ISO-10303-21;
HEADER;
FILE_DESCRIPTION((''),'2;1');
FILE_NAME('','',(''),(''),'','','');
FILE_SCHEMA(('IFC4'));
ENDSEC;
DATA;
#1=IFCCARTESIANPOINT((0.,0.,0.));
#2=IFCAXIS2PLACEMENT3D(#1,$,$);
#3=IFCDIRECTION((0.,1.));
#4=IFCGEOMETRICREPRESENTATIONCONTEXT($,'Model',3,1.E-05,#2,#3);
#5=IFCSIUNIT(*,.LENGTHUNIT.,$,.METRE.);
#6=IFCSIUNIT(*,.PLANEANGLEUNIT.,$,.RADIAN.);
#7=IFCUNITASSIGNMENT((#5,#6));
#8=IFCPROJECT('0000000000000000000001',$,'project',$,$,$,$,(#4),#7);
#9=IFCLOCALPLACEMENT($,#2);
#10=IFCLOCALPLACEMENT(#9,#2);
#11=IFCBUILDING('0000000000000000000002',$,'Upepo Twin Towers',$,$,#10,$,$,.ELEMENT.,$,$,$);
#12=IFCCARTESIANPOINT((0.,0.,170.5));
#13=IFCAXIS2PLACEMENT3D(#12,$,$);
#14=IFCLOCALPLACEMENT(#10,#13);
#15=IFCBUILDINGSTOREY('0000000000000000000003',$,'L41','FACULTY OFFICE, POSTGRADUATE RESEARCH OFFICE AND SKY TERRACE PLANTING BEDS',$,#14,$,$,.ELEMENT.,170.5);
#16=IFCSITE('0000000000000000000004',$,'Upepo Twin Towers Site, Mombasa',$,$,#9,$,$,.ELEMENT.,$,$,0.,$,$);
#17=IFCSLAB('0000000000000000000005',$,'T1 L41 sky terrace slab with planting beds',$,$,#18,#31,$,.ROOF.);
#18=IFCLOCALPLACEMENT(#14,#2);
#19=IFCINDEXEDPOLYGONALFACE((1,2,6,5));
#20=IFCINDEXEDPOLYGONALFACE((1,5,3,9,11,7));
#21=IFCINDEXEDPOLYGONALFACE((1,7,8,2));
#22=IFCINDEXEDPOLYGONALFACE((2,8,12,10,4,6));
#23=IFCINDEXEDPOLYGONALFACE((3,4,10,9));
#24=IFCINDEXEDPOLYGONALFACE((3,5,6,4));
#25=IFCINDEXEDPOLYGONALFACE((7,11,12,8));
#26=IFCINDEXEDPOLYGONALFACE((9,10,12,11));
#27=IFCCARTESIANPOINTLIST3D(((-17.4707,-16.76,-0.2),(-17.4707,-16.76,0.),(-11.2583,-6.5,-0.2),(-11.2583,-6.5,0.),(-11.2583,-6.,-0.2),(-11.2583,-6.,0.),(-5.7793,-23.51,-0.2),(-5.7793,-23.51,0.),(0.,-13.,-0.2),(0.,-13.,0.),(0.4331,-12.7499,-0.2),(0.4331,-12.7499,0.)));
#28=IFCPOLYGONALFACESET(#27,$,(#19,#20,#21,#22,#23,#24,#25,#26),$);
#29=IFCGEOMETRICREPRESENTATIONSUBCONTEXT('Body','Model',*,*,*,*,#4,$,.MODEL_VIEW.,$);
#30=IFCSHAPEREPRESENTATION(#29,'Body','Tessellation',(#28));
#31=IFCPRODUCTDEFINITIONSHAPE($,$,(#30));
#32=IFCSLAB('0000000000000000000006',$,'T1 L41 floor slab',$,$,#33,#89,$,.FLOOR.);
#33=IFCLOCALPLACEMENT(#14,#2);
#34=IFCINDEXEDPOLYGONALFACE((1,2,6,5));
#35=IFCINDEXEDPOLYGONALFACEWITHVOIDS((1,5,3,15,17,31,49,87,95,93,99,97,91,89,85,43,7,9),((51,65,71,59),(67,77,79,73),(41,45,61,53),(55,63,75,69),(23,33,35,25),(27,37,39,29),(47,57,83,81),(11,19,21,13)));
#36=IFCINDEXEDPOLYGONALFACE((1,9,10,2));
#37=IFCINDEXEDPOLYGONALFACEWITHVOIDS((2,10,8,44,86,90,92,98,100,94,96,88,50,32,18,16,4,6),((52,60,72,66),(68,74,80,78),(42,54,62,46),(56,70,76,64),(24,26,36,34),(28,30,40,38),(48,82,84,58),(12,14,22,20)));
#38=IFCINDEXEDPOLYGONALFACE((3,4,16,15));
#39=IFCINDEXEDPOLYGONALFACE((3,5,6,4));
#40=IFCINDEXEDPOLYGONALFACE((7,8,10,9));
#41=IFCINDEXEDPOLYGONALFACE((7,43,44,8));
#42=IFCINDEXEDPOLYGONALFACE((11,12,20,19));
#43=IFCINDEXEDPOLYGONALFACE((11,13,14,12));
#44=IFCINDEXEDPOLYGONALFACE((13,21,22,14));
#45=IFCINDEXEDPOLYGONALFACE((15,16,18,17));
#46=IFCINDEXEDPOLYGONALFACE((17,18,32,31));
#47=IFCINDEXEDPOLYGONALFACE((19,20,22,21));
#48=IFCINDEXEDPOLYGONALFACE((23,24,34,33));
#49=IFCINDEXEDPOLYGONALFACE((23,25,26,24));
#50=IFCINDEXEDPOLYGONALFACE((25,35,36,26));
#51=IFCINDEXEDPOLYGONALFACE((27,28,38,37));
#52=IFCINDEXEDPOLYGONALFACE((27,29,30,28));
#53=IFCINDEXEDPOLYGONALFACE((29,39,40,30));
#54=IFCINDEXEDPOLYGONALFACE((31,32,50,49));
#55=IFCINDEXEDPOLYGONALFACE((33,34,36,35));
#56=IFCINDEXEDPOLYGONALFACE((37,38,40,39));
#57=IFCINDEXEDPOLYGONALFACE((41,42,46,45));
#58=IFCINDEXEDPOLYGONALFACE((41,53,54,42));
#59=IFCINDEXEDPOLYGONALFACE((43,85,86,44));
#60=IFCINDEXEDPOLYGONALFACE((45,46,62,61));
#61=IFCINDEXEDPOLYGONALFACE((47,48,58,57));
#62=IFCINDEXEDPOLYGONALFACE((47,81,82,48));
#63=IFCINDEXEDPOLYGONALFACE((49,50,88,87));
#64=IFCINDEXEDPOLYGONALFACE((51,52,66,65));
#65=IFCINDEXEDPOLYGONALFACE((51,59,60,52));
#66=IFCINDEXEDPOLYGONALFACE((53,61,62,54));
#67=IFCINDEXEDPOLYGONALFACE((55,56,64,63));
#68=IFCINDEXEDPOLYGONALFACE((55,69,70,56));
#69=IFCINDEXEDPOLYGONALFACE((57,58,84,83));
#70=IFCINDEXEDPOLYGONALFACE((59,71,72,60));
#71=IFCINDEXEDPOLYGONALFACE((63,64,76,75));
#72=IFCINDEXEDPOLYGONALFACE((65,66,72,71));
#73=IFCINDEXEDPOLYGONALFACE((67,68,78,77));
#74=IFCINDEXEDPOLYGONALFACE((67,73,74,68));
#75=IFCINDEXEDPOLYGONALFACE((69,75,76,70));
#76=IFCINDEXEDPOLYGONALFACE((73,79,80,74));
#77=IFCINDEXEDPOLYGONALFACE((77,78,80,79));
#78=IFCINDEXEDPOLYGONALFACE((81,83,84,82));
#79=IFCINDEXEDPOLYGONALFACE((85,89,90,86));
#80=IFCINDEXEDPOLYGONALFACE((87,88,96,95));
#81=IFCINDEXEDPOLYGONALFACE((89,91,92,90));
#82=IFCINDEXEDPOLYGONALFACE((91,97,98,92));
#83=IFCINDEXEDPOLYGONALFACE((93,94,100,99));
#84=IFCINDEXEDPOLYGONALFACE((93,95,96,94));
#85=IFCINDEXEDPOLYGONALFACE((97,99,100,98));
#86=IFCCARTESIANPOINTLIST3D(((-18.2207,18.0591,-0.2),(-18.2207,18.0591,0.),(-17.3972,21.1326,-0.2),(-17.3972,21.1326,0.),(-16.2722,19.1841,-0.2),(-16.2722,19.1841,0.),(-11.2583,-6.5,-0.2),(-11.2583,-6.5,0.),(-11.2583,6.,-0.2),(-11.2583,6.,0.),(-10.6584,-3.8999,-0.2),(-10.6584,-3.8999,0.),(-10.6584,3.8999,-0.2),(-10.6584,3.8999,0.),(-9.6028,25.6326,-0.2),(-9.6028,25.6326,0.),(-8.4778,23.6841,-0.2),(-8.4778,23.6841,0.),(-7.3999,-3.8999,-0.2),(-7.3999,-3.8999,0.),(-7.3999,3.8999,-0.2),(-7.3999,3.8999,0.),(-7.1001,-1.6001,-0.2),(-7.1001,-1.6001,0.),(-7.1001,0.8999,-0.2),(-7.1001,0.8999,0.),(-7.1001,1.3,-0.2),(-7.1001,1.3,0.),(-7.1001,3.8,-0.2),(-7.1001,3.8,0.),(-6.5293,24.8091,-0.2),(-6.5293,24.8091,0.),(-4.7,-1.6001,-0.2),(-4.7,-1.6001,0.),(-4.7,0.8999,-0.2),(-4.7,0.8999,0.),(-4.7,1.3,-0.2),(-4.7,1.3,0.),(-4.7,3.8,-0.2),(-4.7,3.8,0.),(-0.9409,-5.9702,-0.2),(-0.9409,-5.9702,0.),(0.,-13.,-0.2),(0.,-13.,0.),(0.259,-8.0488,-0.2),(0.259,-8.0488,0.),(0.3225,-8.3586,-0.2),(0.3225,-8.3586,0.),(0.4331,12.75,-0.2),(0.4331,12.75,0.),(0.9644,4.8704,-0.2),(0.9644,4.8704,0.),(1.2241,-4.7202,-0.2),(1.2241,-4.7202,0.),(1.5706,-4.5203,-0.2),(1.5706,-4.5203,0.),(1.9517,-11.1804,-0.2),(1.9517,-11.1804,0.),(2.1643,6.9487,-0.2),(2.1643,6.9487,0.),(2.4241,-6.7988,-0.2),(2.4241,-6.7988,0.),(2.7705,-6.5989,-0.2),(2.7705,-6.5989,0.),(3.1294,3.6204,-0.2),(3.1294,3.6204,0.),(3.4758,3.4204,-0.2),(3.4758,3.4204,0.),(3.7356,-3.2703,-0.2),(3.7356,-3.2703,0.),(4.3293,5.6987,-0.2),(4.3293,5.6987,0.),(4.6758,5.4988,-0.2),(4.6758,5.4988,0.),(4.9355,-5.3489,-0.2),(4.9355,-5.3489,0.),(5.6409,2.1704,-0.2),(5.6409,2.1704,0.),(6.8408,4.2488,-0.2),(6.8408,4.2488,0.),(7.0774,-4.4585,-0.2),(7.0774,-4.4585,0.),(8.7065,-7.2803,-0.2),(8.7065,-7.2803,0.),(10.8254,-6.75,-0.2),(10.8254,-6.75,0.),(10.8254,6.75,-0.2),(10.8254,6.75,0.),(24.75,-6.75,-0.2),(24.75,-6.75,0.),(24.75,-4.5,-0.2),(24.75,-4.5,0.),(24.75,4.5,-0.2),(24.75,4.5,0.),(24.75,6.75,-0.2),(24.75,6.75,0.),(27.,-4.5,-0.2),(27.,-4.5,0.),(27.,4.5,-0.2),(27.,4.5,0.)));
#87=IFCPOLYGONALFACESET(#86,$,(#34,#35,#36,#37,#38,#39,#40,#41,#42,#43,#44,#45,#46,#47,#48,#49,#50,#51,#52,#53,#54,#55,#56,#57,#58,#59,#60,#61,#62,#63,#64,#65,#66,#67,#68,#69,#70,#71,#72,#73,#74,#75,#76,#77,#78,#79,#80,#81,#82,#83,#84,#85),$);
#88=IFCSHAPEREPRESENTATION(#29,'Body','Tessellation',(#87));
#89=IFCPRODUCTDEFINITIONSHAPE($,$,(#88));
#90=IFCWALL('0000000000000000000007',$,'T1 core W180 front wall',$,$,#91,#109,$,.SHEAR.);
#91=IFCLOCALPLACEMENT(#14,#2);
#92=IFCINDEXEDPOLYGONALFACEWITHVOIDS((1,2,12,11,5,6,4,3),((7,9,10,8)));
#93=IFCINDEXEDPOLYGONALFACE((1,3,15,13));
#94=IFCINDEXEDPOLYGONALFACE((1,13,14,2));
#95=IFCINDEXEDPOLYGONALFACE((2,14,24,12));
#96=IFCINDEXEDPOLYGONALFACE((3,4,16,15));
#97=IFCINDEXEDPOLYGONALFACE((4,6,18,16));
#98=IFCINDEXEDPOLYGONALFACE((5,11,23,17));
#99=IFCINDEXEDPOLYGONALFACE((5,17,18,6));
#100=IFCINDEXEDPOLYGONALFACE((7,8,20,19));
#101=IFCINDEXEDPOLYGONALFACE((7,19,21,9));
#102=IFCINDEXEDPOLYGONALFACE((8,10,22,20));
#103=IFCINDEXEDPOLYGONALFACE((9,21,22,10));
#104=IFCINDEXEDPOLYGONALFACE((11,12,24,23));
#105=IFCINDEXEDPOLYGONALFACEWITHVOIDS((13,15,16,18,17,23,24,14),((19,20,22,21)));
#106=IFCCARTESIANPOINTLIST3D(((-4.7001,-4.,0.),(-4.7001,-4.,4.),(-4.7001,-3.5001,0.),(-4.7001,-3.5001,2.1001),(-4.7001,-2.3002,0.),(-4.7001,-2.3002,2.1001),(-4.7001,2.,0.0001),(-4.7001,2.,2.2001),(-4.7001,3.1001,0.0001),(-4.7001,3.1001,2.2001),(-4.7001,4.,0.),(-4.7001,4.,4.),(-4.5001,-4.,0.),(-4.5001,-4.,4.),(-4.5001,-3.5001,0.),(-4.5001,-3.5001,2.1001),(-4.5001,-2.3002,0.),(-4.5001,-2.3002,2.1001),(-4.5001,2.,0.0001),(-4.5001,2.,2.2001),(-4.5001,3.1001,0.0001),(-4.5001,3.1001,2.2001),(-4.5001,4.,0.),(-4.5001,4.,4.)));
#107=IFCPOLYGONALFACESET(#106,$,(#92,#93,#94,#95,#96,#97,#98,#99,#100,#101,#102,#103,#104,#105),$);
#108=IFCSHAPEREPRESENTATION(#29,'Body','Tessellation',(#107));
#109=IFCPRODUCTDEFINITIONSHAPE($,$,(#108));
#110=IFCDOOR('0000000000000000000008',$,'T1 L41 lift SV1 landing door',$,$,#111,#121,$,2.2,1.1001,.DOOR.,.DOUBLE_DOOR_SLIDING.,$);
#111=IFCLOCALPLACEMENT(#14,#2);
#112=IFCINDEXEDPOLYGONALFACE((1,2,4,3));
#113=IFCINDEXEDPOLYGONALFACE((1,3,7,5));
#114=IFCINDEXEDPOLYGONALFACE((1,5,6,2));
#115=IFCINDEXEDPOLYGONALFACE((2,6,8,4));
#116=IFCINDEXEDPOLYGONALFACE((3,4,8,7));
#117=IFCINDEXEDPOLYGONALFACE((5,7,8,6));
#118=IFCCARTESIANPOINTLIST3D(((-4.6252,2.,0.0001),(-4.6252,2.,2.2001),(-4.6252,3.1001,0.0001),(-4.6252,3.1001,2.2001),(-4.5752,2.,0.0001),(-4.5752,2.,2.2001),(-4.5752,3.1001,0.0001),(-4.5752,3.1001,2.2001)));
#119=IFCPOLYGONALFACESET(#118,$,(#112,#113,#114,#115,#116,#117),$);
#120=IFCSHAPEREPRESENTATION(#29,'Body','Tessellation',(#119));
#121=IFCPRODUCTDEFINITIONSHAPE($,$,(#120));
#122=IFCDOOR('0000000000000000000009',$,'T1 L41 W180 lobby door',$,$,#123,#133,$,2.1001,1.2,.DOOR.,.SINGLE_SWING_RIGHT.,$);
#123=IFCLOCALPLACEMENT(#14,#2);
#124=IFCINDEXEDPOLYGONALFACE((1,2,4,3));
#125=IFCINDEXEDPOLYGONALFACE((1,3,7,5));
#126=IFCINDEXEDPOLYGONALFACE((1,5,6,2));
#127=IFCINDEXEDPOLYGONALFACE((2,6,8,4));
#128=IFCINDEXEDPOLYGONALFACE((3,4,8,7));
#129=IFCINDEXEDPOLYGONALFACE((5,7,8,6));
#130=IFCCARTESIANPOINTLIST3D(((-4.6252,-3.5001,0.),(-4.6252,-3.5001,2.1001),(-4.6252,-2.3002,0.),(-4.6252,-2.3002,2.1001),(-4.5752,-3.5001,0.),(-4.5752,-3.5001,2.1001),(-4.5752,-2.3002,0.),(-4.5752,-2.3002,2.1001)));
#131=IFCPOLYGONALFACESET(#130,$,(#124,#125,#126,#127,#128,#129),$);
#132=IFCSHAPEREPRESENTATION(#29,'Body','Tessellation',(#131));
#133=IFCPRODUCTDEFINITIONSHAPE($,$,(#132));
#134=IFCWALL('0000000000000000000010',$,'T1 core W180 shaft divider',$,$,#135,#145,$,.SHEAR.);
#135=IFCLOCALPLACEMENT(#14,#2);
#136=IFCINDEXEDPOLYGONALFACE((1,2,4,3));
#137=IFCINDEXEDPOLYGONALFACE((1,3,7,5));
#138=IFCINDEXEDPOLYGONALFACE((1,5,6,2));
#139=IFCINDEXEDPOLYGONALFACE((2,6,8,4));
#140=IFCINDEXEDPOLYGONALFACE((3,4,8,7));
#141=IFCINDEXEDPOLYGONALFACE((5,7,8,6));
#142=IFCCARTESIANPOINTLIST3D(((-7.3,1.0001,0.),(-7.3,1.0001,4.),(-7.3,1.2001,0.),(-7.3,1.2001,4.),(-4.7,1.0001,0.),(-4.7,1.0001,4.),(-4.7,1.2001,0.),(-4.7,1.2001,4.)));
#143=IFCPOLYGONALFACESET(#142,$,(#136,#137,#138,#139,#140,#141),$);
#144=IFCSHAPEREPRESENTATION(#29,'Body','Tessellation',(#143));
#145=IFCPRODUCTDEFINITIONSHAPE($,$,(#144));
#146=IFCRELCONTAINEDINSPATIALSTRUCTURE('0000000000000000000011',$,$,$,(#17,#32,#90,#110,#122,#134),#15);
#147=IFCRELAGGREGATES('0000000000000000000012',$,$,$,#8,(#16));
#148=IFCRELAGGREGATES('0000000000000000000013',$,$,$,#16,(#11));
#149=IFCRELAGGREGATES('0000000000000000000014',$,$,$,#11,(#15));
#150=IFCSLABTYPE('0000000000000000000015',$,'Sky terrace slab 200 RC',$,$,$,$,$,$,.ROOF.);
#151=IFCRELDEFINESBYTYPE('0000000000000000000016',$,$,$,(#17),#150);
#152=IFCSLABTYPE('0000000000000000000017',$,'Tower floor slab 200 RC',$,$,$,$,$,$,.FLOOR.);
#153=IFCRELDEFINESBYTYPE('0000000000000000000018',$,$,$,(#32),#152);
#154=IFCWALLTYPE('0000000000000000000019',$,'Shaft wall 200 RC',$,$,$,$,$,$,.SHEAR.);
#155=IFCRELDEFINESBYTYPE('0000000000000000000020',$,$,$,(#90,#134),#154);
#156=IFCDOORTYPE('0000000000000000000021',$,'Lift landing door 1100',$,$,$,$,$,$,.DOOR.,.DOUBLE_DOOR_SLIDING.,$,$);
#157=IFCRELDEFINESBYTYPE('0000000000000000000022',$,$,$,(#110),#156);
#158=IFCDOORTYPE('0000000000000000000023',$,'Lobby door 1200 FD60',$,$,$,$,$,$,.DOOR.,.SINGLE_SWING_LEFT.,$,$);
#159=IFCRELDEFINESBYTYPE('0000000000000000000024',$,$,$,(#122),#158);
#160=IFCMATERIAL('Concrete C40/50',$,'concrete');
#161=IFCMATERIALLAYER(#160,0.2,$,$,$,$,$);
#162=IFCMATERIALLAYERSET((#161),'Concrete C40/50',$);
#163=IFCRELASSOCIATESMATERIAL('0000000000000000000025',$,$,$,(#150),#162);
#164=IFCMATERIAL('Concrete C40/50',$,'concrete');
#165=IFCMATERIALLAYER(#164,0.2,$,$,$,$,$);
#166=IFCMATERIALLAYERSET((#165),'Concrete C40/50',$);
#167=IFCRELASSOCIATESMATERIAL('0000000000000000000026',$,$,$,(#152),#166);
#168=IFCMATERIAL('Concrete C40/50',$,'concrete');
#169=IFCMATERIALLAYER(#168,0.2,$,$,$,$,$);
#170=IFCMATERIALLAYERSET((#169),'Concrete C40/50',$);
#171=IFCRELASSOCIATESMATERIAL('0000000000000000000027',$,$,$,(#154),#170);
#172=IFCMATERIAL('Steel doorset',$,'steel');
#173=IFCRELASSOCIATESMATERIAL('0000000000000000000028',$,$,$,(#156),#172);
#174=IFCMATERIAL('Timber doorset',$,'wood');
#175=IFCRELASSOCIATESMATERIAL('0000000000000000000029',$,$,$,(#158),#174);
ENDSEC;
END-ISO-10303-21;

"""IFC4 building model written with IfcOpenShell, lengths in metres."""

from ifc_helpers import new_model, si_unit, direction, frame, frame_2d, origin, place, context, subcontext, project, spatial, polyline, rectangle, outline, extrude, material, layer, layer_set, type_object, element, fill, save


model = new_model("IFC4")

# Units and contexts
model_context = context("Model", 3, precision=1e-05, world=origin(), true_north=direction((0.0, 1.0)))
body_context = subcontext(model_context, "Body", "Model", "MODEL_VIEW")
ifc_project = project(units=[si_unit("LENGTHUNIT", "METRE"), si_unit("PLANEANGLEUNIT", "RADIAN")], contexts=[model_context])

# Site, building, storey
site_placement = place(None, origin())
site = spatial("IfcSite", under=ifc_project, at=site_placement, Name="Upepo Twin Towers Site, Mombasa", CompositionType="ELEMENT", RefElevation=0.0)
building_placement = place(site_placement, origin())
building = spatial("IfcBuilding", under=site, at=building_placement, Name="Upepo Twin Towers", CompositionType="ELEMENT")
storey_placement = place(building_placement, frame((0.0, 0.0, 170.5)))
storey = spatial("IfcBuildingStorey", under=building, at=storey_placement, Name="L41", Description="FACULTY OFFICE, POSTGRADUATE RESEARCH OFFICE AND SKY TERRACE PLANTING BEDS", CompositionType="ELEMENT", Elevation=170.5)

# Slabs
ifc_material_1 = material(Name="Concrete C40/50", Category="concrete")
ifc_layer_1 = layer(ifc_material_1, 0.2)
ifc_layer_set_1 = layer_set([ifc_layer_1], Name="Concrete C40/50")
slab_type_1 = type_object("IfcSlabType", Name="Sky terrace slab 200 RC", PredefinedType="ROOF", material=ifc_layer_set_1)
slab_1_placement = place(storey_placement, frame((0.0, 0.0, -0.2)))
element("IfcSlab", 1, at=slab_1_placement, inside=storey, type_object=slab_type_1, Name="T1 L41 sky terrace slab with planting beds", PredefinedType="ROOF", context=body_context, shape_type="SweptSolid", body=[
    extrude(outline(polyline([(-11.2583, -6.0), (-11.2583, -6.5), (0.0, -13.0), (10.8254, -6.75), (0.4331, -12.75), (-5.7793, -23.51), (-17.4707, -16.76), (-11.2583, -6.0)])), origin(), (0.0, 0.0, 1.0), 0.2),
])
ifc_material_2 = material(Name="Concrete C40/50", Category="concrete")
ifc_layer_2 = layer(ifc_material_2, 0.2)
ifc_layer_set_2 = layer_set([ifc_layer_2], Name="Concrete C40/50")
slab_type_2 = type_object("IfcSlabType", Name="Tower floor slab 200 RC", PredefinedType="FLOOR", material=ifc_layer_set_2)
slab_2_placement = place(storey_placement, frame((0.0, 0.0, -0.2)))
element("IfcSlab", 2, at=slab_2_placement, inside=storey, type_object=slab_type_2, Name="T1 L41 floor slab", PredefinedType="FLOOR", context=body_context, shape_type="SweptSolid", body=[
    extrude(outline(polyline([(10.8254, 6.75), (24.75, 6.75), (24.75, 4.5), (27.0, 4.5), (27.0, -4.5), (24.75, -4.5), (24.75, -6.75), (10.8254, -6.75), (0.0, -13.0), (-11.2583, -6.5), (-11.2583, 6.0), (-18.2207, 18.0591), (-16.2722, 19.1841), (-17.3972, 21.1326), (-9.6028, 25.6326), (-8.4778, 23.6841), (-6.5293, 24.8091), (0.4331, 12.75), (10.8254, 6.75)]), holes=[polyline([(5.6409, 2.1704), (6.8408, 4.2488), (4.6758, 5.4988), (3.4758, 3.4204), (5.6409, 2.1704)]), polyline([(3.1294, 3.6204), (4.3293, 5.6987), (2.1643, 6.9487), (0.9644, 4.8704), (3.1294, 3.6204)]), polyline([(-4.7, 3.8), (-7.1001, 3.8), (-7.1001, 1.3), (-4.7, 1.3), (-4.7, 3.8)]), polyline([(-4.7, 0.8999), (-7.1001, 0.8999), (-7.1001, -1.6001), (-4.7, -1.6001), (-4.7, 0.8999)]), polyline([(-7.3999, 3.8999), (-10.6584, 3.8999), (-10.6584, -3.8999), (-7.3999, -3.8999), (-7.3999, 3.8999)]), polyline([(-0.9409, -5.9702), (0.259, -8.0488), (2.4241, -6.7988), (1.2241, -4.7202), (-0.9409, -5.9702)]), polyline([(1.5706, -4.5203), (2.7705, -6.5989), (4.9355, -5.3489), (3.7356, -3.2703), (1.5706, -4.5203)]), polyline([(0.3225, -8.3586), (1.9517, -11.1804), (8.7065, -7.2803), (7.0774, -4.4585), (0.3225, -8.3586)])]), origin(), (0.0, 0.0, 1.0), 0.2),
])

# Wall, openings, doors
ifc_material_3 = material(Name="Concrete C40/50", Category="concrete")
ifc_layer_3 = layer(ifc_material_3, 0.2)
ifc_layer_set_3 = layer_set([ifc_layer_3], Name="Concrete C40/50")
wall_type_1 = type_object("IfcWallType", Name="Shaft wall 200 RC", PredefinedType="SHEAR", material=ifc_layer_set_3)
wall_1_placement = place(storey_placement, frame((-4.6001, 4.0, 0.0), z_axis=(0.0, 0.0, 1.0), x_axis=(0.0, -1.0, 0.0)))
wall_1 = element("IfcWall", 3, at=wall_1_placement, inside=storey, type_object=wall_type_1, Name="T1 core W180 front wall", PredefinedType="SHEAR", context=body_context, shape_type="SweptSolid", body=[
    extrude(rectangle(XDim=8.0, YDim=0.2, at=frame_2d((4.0, 0.0))), origin(), (0.0, 0.0, 1.0), 4.0),
])
opening_1_placement = place(wall_1_placement, frame((6.3, 0.0, 0.0)))
opening_1 = element("IfcOpeningElement", 4, at=opening_1_placement, cuts=wall_1, PredefinedType="OPENING", context=body_context, shape_type="SweptSolid", body=[
    extrude(rectangle(XDim=1.2, YDim=2.1001, at=frame_2d((0.6001, 1.05))), frame((0.0, 0.1099, 0.0), z_axis=(0.0, -1.0, 0.0), x_axis=(1.0, 0.0, 0.0)), (0.0, 0.0, 1.0), 0.22),
])
opening_2_placement = place(wall_1_placement, frame((0.8999, 0.0, 0.0)))
opening_2 = element("IfcOpeningElement", 5, at=opening_2_placement, cuts=wall_1, PredefinedType="OPENING", context=body_context, shape_type="SweptSolid", body=[
    extrude(rectangle(XDim=1.1001, YDim=2.2, at=frame_2d((0.55, 1.1001))), frame((0.0, 0.1099, 0.0), z_axis=(0.0, -1.0, 0.0), x_axis=(1.0, 0.0, 0.0)), (0.0, 0.0, 1.0), 0.22),
])
ifc_material_4 = material(Name="Steel doorset", Category="steel")
door_type_1 = type_object("IfcDoorType", Name="Lift landing door 1100", OperationType="DOUBLE_DOOR_SLIDING", PredefinedType="DOOR", material=ifc_material_4)
door_1_placement = place(opening_2_placement, origin())
door_1 = element("IfcDoor", 6, at=door_1_placement, inside=storey, type_object=door_type_1, Name="T1 L41 lift SV1 landing door", OperationType="DOUBLE_DOOR_SLIDING", OverallHeight=2.2, OverallWidth=1.1001, PredefinedType="DOOR", context=body_context, shape_type="SweptSolid", body=[
    extrude(rectangle(XDim=1.1001, YDim=2.2, at=frame_2d((0.55, 1.1001))), frame((0.0, 0.0249, 0.0), z_axis=(0.0, -1.0, 0.0), x_axis=(1.0, 0.0, 0.0)), (0.0, 0.0, 1.0), 0.05),
])
fill(opening_2, door_1)
ifc_material_5 = material(Name="Timber doorset", Category="wood")
door_type_2 = type_object("IfcDoorType", Name="Lobby door 1200 FD60", OperationType="SINGLE_SWING_LEFT", PredefinedType="DOOR", material=ifc_material_5)
door_2_placement = place(opening_1_placement, origin())
door_2 = element("IfcDoor", 7, at=door_2_placement, inside=storey, type_object=door_type_2, Name="T1 L41 W180 lobby door", OperationType="SINGLE_SWING_RIGHT", OverallHeight=2.1001, OverallWidth=1.2, PredefinedType="DOOR", context=body_context, shape_type="SweptSolid", body=[
    extrude(rectangle(XDim=1.2, YDim=2.1001, at=frame_2d((0.6001, 1.05))), frame((0.0, 0.0249, 0.0), z_axis=(0.0, -1.0, 0.0), x_axis=(1.0, 0.0, 0.0)), (0.0, 0.0, 1.0), 0.05),
])
fill(opening_1, door_2)

# Wall
wall_2_placement = place(storey_placement, frame((-4.7, 1.1001, 0.0), z_axis=(0.0, 0.0, 1.0), x_axis=(-1.0, 0.0, 0.0)))
element("IfcWall", 8, at=wall_2_placement, inside=storey, type_object=wall_type_1, Name="T1 core W180 shaft divider", PredefinedType="SHEAR", context=body_context, shape_type="SweptSolid", body=[
    extrude(rectangle(XDim=2.6001, YDim=0.2, at=frame_2d((1.3, 0.0))), origin(), (0.0, 0.0, 1.0), 4.0),
])

save(model, "model.ifc")
